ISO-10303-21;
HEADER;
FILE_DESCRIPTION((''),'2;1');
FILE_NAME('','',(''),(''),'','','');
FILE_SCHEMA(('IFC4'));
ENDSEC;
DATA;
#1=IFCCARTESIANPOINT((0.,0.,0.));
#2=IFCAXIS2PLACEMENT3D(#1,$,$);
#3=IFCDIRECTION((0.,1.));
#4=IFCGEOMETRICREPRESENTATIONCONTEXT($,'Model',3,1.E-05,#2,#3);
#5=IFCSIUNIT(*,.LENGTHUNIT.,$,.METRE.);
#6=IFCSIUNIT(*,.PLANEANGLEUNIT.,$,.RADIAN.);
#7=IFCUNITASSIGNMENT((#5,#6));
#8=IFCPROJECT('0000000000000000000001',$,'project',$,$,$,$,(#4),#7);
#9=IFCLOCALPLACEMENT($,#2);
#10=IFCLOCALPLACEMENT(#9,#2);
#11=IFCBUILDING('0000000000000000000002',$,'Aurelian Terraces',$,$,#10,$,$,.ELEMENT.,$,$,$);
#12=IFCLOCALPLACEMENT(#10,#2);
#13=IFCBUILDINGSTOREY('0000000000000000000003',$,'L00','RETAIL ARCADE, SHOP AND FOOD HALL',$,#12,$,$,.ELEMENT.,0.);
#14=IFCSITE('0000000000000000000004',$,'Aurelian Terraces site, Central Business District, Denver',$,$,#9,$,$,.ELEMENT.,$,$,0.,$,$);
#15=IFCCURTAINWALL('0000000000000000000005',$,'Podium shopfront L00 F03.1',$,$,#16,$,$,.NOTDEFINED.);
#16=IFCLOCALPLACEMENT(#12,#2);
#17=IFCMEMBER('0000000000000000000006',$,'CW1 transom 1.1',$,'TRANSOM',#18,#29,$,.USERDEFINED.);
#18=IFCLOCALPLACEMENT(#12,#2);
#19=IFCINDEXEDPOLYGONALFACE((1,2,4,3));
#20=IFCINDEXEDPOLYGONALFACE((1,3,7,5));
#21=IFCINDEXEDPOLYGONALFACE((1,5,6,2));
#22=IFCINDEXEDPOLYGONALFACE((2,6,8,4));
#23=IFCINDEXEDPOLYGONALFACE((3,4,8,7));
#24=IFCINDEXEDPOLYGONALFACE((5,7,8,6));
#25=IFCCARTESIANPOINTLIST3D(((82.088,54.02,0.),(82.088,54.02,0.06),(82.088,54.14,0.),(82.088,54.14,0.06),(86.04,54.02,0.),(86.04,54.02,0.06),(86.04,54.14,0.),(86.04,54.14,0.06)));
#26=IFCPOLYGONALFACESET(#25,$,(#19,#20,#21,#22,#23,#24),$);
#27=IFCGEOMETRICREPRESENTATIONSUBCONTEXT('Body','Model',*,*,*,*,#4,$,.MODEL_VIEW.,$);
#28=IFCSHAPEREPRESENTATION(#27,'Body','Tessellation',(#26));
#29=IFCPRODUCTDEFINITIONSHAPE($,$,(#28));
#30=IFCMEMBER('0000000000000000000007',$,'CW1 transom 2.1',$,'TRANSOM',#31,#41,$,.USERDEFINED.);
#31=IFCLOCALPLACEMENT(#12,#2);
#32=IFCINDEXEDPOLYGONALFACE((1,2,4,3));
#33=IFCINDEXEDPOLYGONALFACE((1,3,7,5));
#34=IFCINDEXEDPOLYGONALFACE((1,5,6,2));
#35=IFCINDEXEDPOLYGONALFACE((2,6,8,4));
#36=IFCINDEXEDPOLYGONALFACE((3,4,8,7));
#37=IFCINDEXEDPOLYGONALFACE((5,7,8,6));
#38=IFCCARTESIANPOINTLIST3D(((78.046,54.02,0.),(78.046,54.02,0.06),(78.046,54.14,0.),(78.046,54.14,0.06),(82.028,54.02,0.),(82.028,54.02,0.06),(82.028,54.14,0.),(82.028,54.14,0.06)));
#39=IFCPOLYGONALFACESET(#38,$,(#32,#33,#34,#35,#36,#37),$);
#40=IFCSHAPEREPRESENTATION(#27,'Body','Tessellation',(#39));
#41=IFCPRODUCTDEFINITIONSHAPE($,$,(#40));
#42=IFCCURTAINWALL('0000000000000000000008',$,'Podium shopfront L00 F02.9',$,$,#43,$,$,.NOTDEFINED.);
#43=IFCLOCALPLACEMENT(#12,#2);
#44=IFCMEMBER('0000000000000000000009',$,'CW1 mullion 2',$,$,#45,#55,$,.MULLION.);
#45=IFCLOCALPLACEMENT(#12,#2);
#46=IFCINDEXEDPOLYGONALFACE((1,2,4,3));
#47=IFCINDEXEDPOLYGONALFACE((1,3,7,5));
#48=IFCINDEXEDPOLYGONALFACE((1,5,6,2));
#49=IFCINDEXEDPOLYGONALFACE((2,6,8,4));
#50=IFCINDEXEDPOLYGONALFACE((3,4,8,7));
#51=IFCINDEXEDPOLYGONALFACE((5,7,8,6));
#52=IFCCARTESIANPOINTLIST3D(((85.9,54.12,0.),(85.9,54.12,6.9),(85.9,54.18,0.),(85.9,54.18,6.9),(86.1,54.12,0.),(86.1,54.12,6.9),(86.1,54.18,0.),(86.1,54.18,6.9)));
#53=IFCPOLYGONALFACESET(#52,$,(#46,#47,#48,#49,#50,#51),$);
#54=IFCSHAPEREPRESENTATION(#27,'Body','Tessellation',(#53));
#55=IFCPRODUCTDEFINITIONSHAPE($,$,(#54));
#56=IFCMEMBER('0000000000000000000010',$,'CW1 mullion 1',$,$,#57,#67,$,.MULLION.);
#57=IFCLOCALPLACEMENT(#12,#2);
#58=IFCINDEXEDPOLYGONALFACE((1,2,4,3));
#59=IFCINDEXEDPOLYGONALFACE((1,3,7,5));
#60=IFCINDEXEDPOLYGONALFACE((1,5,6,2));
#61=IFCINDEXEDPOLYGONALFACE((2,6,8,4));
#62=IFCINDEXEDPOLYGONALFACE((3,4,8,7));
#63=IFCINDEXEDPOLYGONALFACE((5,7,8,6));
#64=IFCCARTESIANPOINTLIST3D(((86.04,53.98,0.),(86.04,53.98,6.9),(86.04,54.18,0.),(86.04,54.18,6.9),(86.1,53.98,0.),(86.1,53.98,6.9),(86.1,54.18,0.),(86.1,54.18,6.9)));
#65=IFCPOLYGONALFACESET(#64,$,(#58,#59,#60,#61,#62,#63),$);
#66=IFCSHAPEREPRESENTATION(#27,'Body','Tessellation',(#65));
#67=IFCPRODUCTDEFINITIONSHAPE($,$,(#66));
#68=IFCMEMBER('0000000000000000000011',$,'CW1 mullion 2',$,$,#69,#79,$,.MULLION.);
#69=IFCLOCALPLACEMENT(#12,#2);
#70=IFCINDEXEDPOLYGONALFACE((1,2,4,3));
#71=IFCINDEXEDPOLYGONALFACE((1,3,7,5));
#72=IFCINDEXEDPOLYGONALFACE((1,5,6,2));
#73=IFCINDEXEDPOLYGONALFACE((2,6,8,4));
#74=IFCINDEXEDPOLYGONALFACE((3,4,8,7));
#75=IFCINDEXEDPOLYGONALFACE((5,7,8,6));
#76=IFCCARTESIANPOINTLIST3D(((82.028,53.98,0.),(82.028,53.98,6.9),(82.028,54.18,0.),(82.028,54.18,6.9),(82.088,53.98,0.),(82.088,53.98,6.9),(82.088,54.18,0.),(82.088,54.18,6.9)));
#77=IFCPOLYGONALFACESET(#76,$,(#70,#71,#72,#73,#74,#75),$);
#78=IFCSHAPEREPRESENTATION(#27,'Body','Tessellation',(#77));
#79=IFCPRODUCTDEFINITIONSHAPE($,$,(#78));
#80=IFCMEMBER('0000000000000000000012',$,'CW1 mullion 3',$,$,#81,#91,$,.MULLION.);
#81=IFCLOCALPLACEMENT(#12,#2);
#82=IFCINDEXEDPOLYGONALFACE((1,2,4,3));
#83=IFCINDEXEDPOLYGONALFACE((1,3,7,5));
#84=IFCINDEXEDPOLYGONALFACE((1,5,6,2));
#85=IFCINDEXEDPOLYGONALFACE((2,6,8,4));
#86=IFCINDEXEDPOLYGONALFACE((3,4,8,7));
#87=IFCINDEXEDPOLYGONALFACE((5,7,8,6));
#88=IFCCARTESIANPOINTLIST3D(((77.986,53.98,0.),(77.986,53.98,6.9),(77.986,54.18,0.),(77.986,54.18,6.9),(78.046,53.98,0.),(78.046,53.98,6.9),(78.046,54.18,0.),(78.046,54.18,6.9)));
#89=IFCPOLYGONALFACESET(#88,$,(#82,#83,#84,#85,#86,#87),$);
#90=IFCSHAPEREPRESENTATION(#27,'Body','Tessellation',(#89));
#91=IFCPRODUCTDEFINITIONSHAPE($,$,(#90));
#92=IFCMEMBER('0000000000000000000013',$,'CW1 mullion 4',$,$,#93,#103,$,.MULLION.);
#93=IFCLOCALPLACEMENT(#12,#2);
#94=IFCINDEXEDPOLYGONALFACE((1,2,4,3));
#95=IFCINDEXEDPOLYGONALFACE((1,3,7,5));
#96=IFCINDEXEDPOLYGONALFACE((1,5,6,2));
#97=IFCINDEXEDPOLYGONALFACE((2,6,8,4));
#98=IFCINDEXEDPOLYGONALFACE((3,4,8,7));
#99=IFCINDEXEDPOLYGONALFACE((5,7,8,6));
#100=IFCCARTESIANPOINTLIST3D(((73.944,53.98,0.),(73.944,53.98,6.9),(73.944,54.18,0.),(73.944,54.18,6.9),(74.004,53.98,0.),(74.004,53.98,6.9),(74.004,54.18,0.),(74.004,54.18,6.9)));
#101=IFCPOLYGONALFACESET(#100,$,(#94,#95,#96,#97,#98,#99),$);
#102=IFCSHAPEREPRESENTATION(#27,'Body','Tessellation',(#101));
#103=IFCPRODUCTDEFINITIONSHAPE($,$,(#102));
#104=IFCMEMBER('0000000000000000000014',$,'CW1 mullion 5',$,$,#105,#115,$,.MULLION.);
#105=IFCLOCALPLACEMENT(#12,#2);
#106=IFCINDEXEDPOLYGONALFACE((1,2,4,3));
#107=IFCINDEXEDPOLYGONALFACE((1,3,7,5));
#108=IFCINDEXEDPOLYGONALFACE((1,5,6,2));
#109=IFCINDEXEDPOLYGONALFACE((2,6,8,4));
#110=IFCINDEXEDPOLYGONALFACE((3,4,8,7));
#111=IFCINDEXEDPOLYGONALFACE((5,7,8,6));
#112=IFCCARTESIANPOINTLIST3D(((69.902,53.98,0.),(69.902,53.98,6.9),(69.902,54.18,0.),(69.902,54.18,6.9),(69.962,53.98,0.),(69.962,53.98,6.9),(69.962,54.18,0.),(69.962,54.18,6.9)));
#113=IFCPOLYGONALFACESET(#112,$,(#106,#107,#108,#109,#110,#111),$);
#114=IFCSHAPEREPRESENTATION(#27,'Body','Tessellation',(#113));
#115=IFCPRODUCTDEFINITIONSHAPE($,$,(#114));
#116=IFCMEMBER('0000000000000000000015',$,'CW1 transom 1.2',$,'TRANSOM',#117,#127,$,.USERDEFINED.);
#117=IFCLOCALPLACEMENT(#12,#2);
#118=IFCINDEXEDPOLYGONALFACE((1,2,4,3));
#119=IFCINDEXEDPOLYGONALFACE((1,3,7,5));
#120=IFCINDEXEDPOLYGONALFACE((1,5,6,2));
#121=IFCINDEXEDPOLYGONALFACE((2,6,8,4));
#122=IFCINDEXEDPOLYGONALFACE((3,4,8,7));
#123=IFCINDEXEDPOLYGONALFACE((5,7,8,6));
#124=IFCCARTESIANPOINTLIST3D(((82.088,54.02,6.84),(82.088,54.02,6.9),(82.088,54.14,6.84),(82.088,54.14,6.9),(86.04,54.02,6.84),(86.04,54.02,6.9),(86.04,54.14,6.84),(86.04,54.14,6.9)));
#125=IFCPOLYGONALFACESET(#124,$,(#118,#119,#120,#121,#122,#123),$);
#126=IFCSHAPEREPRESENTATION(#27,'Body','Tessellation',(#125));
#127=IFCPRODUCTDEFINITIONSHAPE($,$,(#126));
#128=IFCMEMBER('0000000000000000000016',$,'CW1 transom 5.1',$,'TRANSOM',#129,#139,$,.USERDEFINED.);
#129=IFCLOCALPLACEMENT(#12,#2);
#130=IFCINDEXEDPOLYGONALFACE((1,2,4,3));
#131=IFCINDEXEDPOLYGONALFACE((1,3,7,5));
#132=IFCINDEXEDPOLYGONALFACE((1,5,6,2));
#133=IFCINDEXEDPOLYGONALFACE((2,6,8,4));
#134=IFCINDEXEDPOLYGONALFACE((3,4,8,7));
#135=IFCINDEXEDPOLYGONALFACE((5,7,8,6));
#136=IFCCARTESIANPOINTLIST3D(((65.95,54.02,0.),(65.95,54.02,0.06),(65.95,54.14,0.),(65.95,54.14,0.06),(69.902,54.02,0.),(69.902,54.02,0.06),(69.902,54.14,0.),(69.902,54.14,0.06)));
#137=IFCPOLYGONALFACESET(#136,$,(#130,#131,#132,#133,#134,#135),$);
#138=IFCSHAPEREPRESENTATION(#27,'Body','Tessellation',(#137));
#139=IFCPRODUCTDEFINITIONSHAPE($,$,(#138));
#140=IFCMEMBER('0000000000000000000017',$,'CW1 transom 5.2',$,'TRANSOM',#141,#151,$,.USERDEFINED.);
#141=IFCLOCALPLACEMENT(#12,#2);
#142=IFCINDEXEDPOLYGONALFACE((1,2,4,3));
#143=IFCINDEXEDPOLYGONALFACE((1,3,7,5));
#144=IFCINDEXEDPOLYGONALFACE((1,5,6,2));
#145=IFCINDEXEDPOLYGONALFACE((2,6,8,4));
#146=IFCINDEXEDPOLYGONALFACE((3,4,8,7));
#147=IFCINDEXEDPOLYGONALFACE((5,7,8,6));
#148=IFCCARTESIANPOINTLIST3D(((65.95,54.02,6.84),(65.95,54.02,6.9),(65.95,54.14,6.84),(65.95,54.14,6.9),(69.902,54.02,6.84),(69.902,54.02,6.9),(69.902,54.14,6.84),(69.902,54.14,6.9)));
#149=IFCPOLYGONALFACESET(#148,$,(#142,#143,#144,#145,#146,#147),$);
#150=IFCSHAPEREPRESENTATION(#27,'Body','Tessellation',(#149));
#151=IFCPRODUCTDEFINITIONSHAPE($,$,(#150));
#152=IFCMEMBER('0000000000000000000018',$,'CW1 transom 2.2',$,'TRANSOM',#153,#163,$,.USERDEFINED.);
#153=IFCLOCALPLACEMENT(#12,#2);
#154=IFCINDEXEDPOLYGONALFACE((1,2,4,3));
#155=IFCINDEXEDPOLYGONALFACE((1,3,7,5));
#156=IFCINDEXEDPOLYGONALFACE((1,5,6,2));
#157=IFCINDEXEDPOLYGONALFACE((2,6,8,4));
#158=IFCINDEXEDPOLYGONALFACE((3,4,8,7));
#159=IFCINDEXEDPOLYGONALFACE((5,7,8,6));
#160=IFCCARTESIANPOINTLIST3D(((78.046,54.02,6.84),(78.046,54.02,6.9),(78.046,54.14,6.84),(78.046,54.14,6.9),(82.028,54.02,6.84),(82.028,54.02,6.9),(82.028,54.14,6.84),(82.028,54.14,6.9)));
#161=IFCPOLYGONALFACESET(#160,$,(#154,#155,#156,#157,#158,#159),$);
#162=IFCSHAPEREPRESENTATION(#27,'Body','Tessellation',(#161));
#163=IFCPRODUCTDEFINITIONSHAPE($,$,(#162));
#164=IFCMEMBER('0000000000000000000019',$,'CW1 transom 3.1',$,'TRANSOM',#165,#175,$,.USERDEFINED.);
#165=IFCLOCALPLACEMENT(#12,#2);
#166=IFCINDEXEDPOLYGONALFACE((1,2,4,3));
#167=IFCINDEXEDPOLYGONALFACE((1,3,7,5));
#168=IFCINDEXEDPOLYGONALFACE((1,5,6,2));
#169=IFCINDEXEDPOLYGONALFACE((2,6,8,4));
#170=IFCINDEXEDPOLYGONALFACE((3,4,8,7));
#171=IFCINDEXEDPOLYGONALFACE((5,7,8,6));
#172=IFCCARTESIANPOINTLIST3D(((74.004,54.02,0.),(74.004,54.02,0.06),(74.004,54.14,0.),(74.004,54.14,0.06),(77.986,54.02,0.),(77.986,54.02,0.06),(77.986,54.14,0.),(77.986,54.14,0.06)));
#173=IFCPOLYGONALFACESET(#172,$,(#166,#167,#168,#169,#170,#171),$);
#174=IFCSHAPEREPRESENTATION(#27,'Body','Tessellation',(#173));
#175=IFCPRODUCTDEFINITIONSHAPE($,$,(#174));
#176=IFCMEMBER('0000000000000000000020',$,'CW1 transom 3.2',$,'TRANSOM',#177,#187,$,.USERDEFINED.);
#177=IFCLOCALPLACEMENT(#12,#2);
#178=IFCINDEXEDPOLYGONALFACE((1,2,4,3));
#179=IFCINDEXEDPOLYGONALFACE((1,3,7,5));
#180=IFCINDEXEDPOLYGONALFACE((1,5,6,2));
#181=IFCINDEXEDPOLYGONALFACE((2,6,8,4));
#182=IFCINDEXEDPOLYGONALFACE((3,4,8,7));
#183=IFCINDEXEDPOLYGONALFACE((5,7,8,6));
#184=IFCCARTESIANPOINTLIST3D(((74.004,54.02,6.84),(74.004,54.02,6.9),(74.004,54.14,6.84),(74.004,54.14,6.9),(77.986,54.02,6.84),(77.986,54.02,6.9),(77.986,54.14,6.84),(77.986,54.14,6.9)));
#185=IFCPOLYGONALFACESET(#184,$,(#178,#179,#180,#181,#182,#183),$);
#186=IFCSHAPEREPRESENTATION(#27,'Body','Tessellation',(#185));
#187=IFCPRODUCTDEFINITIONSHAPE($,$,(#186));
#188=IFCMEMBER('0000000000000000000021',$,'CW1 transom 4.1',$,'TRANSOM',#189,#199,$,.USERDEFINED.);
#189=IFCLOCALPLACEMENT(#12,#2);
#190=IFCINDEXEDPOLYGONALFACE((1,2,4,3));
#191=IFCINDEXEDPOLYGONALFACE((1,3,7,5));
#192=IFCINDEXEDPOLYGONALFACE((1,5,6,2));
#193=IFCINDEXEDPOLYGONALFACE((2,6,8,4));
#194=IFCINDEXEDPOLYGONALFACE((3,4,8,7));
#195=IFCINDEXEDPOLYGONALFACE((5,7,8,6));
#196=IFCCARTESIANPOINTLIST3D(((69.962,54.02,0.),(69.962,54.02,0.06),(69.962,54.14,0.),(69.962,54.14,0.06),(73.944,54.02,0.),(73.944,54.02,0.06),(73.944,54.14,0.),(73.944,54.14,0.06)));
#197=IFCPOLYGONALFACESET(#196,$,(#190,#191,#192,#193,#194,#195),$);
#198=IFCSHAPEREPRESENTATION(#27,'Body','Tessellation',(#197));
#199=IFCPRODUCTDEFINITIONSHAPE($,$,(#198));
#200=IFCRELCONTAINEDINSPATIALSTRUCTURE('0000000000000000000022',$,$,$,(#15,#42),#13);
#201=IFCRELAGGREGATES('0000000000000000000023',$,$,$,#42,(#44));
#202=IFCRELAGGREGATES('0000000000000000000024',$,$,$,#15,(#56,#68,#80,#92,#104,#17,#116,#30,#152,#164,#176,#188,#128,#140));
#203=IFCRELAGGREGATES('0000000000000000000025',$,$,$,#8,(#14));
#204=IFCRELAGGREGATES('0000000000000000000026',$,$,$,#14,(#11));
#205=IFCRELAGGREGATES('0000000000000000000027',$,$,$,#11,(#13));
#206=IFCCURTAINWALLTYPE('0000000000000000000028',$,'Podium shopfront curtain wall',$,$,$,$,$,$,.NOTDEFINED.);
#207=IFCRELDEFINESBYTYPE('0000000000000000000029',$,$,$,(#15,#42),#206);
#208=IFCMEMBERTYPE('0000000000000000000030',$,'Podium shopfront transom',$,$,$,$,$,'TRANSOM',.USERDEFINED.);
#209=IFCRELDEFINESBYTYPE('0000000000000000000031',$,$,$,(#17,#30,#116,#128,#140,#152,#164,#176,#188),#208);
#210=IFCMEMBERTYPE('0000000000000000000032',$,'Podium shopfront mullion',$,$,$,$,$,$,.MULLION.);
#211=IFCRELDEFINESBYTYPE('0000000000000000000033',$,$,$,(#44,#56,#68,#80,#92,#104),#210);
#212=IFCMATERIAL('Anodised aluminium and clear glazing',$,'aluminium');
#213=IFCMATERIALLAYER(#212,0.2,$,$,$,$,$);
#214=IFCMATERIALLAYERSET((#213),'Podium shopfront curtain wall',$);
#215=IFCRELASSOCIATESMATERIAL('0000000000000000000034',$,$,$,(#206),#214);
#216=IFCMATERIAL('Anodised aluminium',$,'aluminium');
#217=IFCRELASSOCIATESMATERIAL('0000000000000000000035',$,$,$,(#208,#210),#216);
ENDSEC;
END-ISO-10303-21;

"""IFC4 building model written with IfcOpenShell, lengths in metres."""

from ifc_helpers import new_model, si_unit, direction, frame, origin, origin_2d, place, context, subcontext, project, spatial, rectangle, extrude, source, transform, mapped, material, layer, layer_set, material_profile, profile_set, type_object, element, aggregate, save


model = new_model("IFC4")

# Units and contexts
model_context = context("Model", 3, precision=1e-05, world=origin(), true_north=direction((0.0, 1.0)))
body_context = subcontext(model_context, "Body", "Model", "MODEL_VIEW")
ifc_project = project(units=[si_unit("LENGTHUNIT", "METRE"), si_unit("PLANEANGLEUNIT", "RADIAN")], contexts=[model_context])

# Site, building, storey
site_placement = place(None, origin())
site = spatial("IfcSite", under=ifc_project, at=site_placement, Name="Aurelian Terraces site, Central Business District, Denver", CompositionType="ELEMENT", RefElevation=0.0)
building_placement = place(site_placement, origin())
building = spatial("IfcBuilding", under=site, at=building_placement, Name="Aurelian Terraces", CompositionType="ELEMENT")
storey_placement = place(building_placement, origin())
storey = spatial("IfcBuildingStorey", under=building, at=storey_placement, Name="L00", Description="RETAIL ARCADE, SHOP AND FOOD HALL", CompositionType="ELEMENT", Elevation=0.0)

# Curtain wall, members
ifc_material_1 = material(Name="Anodised aluminium and clear glazing", Category="aluminium")
ifc_layer_1 = layer(ifc_material_1, 0.2)
ifc_layer_set_1 = layer_set([ifc_layer_1], Name="Podium shopfront curtain wall")
curtain_wall_type = type_object("IfcCurtainWallType", Name="Podium shopfront curtain wall", PredefinedType="NOTDEFINED", material=ifc_layer_set_1)
curtain_wall_1_placement = place(storey_placement, origin())
curtain_wall_1 = element("IfcCurtainWall", 1, at=curtain_wall_1_placement, inside=storey, type_object=curtain_wall_type, Name="Podium shopfront L00 F03.1", PredefinedType="NOTDEFINED")
ifc_material_2 = material(Name="Anodised aluminium", Category="aluminium")
ifc_material_profile_1 = material_profile(ifc_material_2, rectangle(XDim=0.12, YDim=0.06, at=origin_2d()))
ifc_profile_set_1 = profile_set([ifc_material_profile_1], Name="Anodised aluminium")
member_type_1 = type_object("IfcMemberType", Name="Podium shopfront transom", ElementType="TRANSOM", PredefinedType="USERDEFINED", material=ifc_profile_set_1)
member_1_placement = place(storey_placement, frame((86.04, 54.08, 0.03), z_axis=(-1.0, 0.0, 0.0), x_axis=(0.0, -1.0, 0.0)))
member_1 = element("IfcMember", 2, at=member_1_placement, type_object=member_type_1, Name="CW1 transom 1.1", ObjectType="TRANSOM", PredefinedType="USERDEFINED", context=body_context, shape_type="SweptSolid", body=[
    extrude(rectangle(XDim=0.12, YDim=0.06, at=origin_2d()), origin(), (0.0, 0.0, 1.0), 3.952),
])
member_2_placement = place(storey_placement, frame((82.028, 54.08, 0.03), z_axis=(-1.0, 0.0, 0.0), x_axis=(0.0, -1.0, 0.0)))
member_2 = element("IfcMember", 3, at=member_2_placement, type_object=member_type_1, Name="CW1 transom 2.1", ObjectType="TRANSOM", PredefinedType="USERDEFINED", context=body_context, shape_type="SweptSolid", body=[
    extrude(rectangle(XDim=0.12, YDim=0.06, at=origin_2d()), origin(), (0.0, 0.0, 1.0), 3.982),
])

# Curtain wall, member
curtain_wall_2_placement = place(storey_placement, origin())
curtain_wall_2 = element("IfcCurtainWall", 4, at=curtain_wall_2_placement, inside=storey, type_object=curtain_wall_type, Name="Podium shopfront L00 F02.9", PredefinedType="NOTDEFINED")
ifc_material_profile_2 = material_profile(ifc_material_2, rectangle(XDim=0.2, YDim=0.06, at=origin_2d()))
ifc_profile_set_2 = profile_set([ifc_material_profile_2], Name="Anodised aluminium")
member_type_2 = type_object("IfcMemberType", Name="Podium shopfront mullion", PredefinedType="MULLION", material=ifc_profile_set_2)
shared_shape_1 = source(origin(), body_context, "Body", "SweptSolid", [
    extrude(rectangle(XDim=0.2, YDim=0.06, at=origin_2d()), origin(), (0.0, 0.0, 1.0), 6.9),
])
member_3_placement = place(storey_placement, frame((86.0, 54.15, 0.0), z_axis=(0.0, 0.0, 1.0), x_axis=(-1.0, 0.0, 0.0)))
member_3 = element("IfcMember", 5, at=member_3_placement, type_object=member_type_2, Name="CW1 mullion 2", PredefinedType="MULLION", context=body_context, shape_type="MappedRepresentation", body=[
    mapped(shared_shape_1, transform((0.0, 0.0, 0.0), scale=1.0)),
])
aggregate(curtain_wall_2, [member_3])

# Members
member_4_placement = place(storey_placement, frame((86.07, 54.08, 0.0), z_axis=(0.0, 0.0, 1.0), x_axis=(0.0, -1.0, 0.0)))
member_4 = element("IfcMember", 6, at=member_4_placement, type_object=member_type_2, Name="CW1 mullion 1", PredefinedType="MULLION", context=body_context, shape_type="MappedRepresentation", body=[
    mapped(shared_shape_1, transform((0.0, 0.0, 0.0), scale=1.0)),
])
member_5_placement = place(storey_placement, frame((82.058, 54.08, 0.0), z_axis=(0.0, 0.0, 1.0), x_axis=(0.0, -1.0, 0.0)))
member_5 = element("IfcMember", 7, at=member_5_placement, type_object=member_type_2, Name="CW1 mullion 2", PredefinedType="MULLION", context=body_context, shape_type="MappedRepresentation", body=[
    mapped(shared_shape_1, transform((0.0, 0.0, 0.0), scale=1.0)),
])
member_6_placement = place(storey_placement, frame((78.016, 54.08, 0.0), z_axis=(0.0, 0.0, 1.0), x_axis=(0.0, -1.0, 0.0)))
member_6 = element("IfcMember", 8, at=member_6_placement, type_object=member_type_2, Name="CW1 mullion 3", PredefinedType="MULLION", context=body_context, shape_type="MappedRepresentation", body=[
    mapped(shared_shape_1, transform((0.0, 0.0, 0.0), scale=1.0)),
])
member_7_placement = place(storey_placement, frame((73.974, 54.08, 0.0), z_axis=(0.0, 0.0, 1.0), x_axis=(0.0, -1.0, 0.0)))
member_7 = element("IfcMember", 9, at=member_7_placement, type_object=member_type_2, Name="CW1 mullion 4", PredefinedType="MULLION", context=body_context, shape_type="MappedRepresentation", body=[
    mapped(shared_shape_1, transform((0.0, 0.0, 0.0), scale=1.0)),
])
member_8_placement = place(storey_placement, frame((69.932, 54.08, 0.0), z_axis=(0.0, 0.0, 1.0), x_axis=(0.0, -1.0, 0.0)))
member_8 = element("IfcMember", 10, at=member_8_placement, type_object=member_type_2, Name="CW1 mullion 5", PredefinedType="MULLION", context=body_context, shape_type="MappedRepresentation", body=[
    mapped(shared_shape_1, transform((0.0, 0.0, 0.0), scale=1.0)),
])
shared_shape_2 = source(origin(), body_context, "Body", "SweptSolid", [
    extrude(rectangle(XDim=0.12, YDim=0.06, at=origin_2d()), origin(), (0.0, 0.0, 1.0), 3.952),
])
member_9_placement = place(storey_placement, frame((86.04, 54.08, 6.87), z_axis=(-1.0, 0.0, 0.0), x_axis=(0.0, -1.0, 0.0)))
member_9 = element("IfcMember", 11, at=member_9_placement, type_object=member_type_1, Name="CW1 transom 1.2", ObjectType="TRANSOM", PredefinedType="USERDEFINED", context=body_context, shape_type="MappedRepresentation", body=[
    mapped(shared_shape_2, transform((0.0, 0.0, 0.0), scale=1.0)),
])
member_10_placement = place(storey_placement, frame((69.902, 54.08, 0.03), z_axis=(-1.0, 0.0, 0.0), x_axis=(0.0, -1.0, 0.0)))
member_10 = element("IfcMember", 12, at=member_10_placement, type_object=member_type_1, Name="CW1 transom 5.1", ObjectType="TRANSOM", PredefinedType="USERDEFINED", context=body_context, shape_type="MappedRepresentation", body=[
    mapped(shared_shape_2, transform((0.0, 0.0, 0.0), scale=1.0)),
])
member_11_placement = place(storey_placement, frame((69.902, 54.08, 6.87), z_axis=(-1.0, 0.0, 0.0), x_axis=(0.0, -1.0, 0.0)))
member_11 = element("IfcMember", 13, at=member_11_placement, type_object=member_type_1, Name="CW1 transom 5.2", ObjectType="TRANSOM", PredefinedType="USERDEFINED", context=body_context, shape_type="MappedRepresentation", body=[
    mapped(shared_shape_2, transform((0.0, 0.0, 0.0), scale=1.0)),
])
shared_shape_3 = source(origin(), body_context, "Body", "SweptSolid", [
    extrude(rectangle(XDim=0.12, YDim=0.06, at=origin_2d()), origin(), (0.0, 0.0, 1.0), 3.982),
])
member_12_placement = place(storey_placement, frame((82.028, 54.08, 6.87), z_axis=(-1.0, 0.0, 0.0), x_axis=(0.0, -1.0, 0.0)))
member_12 = element("IfcMember", 14, at=member_12_placement, type_object=member_type_1, Name="CW1 transom 2.2", ObjectType="TRANSOM", PredefinedType="USERDEFINED", context=body_context, shape_type="MappedRepresentation", body=[
    mapped(shared_shape_3, transform((0.0, 0.0, 0.0), scale=1.0)),
])
member_13_placement = place(storey_placement, frame((77.986, 54.08, 0.03), z_axis=(-1.0, 0.0, 0.0), x_axis=(0.0, -1.0, 0.0)))
member_13 = element("IfcMember", 15, at=member_13_placement, type_object=member_type_1, Name="CW1 transom 3.1", ObjectType="TRANSOM", PredefinedType="USERDEFINED", context=body_context, shape_type="MappedRepresentation", body=[
    mapped(shared_shape_3, transform((0.0, 0.0, 0.0), scale=1.0)),
])
member_14_placement = place(storey_placement, frame((77.986, 54.08, 6.87), z_axis=(-1.0, 0.0, 0.0), x_axis=(0.0, -1.0, 0.0)))
member_14 = element("IfcMember", 16, at=member_14_placement, type_object=member_type_1, Name="CW1 transom 3.2", ObjectType="TRANSOM", PredefinedType="USERDEFINED", context=body_context, shape_type="MappedRepresentation", body=[
    mapped(shared_shape_3, transform((0.0, 0.0, 0.0), scale=1.0)),
])
member_15_placement = place(storey_placement, frame((73.944, 54.08, 0.03), z_axis=(-1.0, 0.0, 0.0), x_axis=(0.0, -1.0, 0.0)))
member_15 = element("IfcMember", 17, at=member_15_placement, type_object=member_type_1, Name="CW1 transom 4.1", ObjectType="TRANSOM", PredefinedType="USERDEFINED", context=body_context, shape_type="MappedRepresentation", body=[
    mapped(shared_shape_3, transform((0.0, 0.0, 0.0), scale=1.0)),
])

aggregate(curtain_wall_1, [member_4, member_5, member_6, member_7, member_8, member_1, member_9, member_2, member_12, member_13, member_14, member_15, member_10, member_11])

save(model, "model.ifc")
